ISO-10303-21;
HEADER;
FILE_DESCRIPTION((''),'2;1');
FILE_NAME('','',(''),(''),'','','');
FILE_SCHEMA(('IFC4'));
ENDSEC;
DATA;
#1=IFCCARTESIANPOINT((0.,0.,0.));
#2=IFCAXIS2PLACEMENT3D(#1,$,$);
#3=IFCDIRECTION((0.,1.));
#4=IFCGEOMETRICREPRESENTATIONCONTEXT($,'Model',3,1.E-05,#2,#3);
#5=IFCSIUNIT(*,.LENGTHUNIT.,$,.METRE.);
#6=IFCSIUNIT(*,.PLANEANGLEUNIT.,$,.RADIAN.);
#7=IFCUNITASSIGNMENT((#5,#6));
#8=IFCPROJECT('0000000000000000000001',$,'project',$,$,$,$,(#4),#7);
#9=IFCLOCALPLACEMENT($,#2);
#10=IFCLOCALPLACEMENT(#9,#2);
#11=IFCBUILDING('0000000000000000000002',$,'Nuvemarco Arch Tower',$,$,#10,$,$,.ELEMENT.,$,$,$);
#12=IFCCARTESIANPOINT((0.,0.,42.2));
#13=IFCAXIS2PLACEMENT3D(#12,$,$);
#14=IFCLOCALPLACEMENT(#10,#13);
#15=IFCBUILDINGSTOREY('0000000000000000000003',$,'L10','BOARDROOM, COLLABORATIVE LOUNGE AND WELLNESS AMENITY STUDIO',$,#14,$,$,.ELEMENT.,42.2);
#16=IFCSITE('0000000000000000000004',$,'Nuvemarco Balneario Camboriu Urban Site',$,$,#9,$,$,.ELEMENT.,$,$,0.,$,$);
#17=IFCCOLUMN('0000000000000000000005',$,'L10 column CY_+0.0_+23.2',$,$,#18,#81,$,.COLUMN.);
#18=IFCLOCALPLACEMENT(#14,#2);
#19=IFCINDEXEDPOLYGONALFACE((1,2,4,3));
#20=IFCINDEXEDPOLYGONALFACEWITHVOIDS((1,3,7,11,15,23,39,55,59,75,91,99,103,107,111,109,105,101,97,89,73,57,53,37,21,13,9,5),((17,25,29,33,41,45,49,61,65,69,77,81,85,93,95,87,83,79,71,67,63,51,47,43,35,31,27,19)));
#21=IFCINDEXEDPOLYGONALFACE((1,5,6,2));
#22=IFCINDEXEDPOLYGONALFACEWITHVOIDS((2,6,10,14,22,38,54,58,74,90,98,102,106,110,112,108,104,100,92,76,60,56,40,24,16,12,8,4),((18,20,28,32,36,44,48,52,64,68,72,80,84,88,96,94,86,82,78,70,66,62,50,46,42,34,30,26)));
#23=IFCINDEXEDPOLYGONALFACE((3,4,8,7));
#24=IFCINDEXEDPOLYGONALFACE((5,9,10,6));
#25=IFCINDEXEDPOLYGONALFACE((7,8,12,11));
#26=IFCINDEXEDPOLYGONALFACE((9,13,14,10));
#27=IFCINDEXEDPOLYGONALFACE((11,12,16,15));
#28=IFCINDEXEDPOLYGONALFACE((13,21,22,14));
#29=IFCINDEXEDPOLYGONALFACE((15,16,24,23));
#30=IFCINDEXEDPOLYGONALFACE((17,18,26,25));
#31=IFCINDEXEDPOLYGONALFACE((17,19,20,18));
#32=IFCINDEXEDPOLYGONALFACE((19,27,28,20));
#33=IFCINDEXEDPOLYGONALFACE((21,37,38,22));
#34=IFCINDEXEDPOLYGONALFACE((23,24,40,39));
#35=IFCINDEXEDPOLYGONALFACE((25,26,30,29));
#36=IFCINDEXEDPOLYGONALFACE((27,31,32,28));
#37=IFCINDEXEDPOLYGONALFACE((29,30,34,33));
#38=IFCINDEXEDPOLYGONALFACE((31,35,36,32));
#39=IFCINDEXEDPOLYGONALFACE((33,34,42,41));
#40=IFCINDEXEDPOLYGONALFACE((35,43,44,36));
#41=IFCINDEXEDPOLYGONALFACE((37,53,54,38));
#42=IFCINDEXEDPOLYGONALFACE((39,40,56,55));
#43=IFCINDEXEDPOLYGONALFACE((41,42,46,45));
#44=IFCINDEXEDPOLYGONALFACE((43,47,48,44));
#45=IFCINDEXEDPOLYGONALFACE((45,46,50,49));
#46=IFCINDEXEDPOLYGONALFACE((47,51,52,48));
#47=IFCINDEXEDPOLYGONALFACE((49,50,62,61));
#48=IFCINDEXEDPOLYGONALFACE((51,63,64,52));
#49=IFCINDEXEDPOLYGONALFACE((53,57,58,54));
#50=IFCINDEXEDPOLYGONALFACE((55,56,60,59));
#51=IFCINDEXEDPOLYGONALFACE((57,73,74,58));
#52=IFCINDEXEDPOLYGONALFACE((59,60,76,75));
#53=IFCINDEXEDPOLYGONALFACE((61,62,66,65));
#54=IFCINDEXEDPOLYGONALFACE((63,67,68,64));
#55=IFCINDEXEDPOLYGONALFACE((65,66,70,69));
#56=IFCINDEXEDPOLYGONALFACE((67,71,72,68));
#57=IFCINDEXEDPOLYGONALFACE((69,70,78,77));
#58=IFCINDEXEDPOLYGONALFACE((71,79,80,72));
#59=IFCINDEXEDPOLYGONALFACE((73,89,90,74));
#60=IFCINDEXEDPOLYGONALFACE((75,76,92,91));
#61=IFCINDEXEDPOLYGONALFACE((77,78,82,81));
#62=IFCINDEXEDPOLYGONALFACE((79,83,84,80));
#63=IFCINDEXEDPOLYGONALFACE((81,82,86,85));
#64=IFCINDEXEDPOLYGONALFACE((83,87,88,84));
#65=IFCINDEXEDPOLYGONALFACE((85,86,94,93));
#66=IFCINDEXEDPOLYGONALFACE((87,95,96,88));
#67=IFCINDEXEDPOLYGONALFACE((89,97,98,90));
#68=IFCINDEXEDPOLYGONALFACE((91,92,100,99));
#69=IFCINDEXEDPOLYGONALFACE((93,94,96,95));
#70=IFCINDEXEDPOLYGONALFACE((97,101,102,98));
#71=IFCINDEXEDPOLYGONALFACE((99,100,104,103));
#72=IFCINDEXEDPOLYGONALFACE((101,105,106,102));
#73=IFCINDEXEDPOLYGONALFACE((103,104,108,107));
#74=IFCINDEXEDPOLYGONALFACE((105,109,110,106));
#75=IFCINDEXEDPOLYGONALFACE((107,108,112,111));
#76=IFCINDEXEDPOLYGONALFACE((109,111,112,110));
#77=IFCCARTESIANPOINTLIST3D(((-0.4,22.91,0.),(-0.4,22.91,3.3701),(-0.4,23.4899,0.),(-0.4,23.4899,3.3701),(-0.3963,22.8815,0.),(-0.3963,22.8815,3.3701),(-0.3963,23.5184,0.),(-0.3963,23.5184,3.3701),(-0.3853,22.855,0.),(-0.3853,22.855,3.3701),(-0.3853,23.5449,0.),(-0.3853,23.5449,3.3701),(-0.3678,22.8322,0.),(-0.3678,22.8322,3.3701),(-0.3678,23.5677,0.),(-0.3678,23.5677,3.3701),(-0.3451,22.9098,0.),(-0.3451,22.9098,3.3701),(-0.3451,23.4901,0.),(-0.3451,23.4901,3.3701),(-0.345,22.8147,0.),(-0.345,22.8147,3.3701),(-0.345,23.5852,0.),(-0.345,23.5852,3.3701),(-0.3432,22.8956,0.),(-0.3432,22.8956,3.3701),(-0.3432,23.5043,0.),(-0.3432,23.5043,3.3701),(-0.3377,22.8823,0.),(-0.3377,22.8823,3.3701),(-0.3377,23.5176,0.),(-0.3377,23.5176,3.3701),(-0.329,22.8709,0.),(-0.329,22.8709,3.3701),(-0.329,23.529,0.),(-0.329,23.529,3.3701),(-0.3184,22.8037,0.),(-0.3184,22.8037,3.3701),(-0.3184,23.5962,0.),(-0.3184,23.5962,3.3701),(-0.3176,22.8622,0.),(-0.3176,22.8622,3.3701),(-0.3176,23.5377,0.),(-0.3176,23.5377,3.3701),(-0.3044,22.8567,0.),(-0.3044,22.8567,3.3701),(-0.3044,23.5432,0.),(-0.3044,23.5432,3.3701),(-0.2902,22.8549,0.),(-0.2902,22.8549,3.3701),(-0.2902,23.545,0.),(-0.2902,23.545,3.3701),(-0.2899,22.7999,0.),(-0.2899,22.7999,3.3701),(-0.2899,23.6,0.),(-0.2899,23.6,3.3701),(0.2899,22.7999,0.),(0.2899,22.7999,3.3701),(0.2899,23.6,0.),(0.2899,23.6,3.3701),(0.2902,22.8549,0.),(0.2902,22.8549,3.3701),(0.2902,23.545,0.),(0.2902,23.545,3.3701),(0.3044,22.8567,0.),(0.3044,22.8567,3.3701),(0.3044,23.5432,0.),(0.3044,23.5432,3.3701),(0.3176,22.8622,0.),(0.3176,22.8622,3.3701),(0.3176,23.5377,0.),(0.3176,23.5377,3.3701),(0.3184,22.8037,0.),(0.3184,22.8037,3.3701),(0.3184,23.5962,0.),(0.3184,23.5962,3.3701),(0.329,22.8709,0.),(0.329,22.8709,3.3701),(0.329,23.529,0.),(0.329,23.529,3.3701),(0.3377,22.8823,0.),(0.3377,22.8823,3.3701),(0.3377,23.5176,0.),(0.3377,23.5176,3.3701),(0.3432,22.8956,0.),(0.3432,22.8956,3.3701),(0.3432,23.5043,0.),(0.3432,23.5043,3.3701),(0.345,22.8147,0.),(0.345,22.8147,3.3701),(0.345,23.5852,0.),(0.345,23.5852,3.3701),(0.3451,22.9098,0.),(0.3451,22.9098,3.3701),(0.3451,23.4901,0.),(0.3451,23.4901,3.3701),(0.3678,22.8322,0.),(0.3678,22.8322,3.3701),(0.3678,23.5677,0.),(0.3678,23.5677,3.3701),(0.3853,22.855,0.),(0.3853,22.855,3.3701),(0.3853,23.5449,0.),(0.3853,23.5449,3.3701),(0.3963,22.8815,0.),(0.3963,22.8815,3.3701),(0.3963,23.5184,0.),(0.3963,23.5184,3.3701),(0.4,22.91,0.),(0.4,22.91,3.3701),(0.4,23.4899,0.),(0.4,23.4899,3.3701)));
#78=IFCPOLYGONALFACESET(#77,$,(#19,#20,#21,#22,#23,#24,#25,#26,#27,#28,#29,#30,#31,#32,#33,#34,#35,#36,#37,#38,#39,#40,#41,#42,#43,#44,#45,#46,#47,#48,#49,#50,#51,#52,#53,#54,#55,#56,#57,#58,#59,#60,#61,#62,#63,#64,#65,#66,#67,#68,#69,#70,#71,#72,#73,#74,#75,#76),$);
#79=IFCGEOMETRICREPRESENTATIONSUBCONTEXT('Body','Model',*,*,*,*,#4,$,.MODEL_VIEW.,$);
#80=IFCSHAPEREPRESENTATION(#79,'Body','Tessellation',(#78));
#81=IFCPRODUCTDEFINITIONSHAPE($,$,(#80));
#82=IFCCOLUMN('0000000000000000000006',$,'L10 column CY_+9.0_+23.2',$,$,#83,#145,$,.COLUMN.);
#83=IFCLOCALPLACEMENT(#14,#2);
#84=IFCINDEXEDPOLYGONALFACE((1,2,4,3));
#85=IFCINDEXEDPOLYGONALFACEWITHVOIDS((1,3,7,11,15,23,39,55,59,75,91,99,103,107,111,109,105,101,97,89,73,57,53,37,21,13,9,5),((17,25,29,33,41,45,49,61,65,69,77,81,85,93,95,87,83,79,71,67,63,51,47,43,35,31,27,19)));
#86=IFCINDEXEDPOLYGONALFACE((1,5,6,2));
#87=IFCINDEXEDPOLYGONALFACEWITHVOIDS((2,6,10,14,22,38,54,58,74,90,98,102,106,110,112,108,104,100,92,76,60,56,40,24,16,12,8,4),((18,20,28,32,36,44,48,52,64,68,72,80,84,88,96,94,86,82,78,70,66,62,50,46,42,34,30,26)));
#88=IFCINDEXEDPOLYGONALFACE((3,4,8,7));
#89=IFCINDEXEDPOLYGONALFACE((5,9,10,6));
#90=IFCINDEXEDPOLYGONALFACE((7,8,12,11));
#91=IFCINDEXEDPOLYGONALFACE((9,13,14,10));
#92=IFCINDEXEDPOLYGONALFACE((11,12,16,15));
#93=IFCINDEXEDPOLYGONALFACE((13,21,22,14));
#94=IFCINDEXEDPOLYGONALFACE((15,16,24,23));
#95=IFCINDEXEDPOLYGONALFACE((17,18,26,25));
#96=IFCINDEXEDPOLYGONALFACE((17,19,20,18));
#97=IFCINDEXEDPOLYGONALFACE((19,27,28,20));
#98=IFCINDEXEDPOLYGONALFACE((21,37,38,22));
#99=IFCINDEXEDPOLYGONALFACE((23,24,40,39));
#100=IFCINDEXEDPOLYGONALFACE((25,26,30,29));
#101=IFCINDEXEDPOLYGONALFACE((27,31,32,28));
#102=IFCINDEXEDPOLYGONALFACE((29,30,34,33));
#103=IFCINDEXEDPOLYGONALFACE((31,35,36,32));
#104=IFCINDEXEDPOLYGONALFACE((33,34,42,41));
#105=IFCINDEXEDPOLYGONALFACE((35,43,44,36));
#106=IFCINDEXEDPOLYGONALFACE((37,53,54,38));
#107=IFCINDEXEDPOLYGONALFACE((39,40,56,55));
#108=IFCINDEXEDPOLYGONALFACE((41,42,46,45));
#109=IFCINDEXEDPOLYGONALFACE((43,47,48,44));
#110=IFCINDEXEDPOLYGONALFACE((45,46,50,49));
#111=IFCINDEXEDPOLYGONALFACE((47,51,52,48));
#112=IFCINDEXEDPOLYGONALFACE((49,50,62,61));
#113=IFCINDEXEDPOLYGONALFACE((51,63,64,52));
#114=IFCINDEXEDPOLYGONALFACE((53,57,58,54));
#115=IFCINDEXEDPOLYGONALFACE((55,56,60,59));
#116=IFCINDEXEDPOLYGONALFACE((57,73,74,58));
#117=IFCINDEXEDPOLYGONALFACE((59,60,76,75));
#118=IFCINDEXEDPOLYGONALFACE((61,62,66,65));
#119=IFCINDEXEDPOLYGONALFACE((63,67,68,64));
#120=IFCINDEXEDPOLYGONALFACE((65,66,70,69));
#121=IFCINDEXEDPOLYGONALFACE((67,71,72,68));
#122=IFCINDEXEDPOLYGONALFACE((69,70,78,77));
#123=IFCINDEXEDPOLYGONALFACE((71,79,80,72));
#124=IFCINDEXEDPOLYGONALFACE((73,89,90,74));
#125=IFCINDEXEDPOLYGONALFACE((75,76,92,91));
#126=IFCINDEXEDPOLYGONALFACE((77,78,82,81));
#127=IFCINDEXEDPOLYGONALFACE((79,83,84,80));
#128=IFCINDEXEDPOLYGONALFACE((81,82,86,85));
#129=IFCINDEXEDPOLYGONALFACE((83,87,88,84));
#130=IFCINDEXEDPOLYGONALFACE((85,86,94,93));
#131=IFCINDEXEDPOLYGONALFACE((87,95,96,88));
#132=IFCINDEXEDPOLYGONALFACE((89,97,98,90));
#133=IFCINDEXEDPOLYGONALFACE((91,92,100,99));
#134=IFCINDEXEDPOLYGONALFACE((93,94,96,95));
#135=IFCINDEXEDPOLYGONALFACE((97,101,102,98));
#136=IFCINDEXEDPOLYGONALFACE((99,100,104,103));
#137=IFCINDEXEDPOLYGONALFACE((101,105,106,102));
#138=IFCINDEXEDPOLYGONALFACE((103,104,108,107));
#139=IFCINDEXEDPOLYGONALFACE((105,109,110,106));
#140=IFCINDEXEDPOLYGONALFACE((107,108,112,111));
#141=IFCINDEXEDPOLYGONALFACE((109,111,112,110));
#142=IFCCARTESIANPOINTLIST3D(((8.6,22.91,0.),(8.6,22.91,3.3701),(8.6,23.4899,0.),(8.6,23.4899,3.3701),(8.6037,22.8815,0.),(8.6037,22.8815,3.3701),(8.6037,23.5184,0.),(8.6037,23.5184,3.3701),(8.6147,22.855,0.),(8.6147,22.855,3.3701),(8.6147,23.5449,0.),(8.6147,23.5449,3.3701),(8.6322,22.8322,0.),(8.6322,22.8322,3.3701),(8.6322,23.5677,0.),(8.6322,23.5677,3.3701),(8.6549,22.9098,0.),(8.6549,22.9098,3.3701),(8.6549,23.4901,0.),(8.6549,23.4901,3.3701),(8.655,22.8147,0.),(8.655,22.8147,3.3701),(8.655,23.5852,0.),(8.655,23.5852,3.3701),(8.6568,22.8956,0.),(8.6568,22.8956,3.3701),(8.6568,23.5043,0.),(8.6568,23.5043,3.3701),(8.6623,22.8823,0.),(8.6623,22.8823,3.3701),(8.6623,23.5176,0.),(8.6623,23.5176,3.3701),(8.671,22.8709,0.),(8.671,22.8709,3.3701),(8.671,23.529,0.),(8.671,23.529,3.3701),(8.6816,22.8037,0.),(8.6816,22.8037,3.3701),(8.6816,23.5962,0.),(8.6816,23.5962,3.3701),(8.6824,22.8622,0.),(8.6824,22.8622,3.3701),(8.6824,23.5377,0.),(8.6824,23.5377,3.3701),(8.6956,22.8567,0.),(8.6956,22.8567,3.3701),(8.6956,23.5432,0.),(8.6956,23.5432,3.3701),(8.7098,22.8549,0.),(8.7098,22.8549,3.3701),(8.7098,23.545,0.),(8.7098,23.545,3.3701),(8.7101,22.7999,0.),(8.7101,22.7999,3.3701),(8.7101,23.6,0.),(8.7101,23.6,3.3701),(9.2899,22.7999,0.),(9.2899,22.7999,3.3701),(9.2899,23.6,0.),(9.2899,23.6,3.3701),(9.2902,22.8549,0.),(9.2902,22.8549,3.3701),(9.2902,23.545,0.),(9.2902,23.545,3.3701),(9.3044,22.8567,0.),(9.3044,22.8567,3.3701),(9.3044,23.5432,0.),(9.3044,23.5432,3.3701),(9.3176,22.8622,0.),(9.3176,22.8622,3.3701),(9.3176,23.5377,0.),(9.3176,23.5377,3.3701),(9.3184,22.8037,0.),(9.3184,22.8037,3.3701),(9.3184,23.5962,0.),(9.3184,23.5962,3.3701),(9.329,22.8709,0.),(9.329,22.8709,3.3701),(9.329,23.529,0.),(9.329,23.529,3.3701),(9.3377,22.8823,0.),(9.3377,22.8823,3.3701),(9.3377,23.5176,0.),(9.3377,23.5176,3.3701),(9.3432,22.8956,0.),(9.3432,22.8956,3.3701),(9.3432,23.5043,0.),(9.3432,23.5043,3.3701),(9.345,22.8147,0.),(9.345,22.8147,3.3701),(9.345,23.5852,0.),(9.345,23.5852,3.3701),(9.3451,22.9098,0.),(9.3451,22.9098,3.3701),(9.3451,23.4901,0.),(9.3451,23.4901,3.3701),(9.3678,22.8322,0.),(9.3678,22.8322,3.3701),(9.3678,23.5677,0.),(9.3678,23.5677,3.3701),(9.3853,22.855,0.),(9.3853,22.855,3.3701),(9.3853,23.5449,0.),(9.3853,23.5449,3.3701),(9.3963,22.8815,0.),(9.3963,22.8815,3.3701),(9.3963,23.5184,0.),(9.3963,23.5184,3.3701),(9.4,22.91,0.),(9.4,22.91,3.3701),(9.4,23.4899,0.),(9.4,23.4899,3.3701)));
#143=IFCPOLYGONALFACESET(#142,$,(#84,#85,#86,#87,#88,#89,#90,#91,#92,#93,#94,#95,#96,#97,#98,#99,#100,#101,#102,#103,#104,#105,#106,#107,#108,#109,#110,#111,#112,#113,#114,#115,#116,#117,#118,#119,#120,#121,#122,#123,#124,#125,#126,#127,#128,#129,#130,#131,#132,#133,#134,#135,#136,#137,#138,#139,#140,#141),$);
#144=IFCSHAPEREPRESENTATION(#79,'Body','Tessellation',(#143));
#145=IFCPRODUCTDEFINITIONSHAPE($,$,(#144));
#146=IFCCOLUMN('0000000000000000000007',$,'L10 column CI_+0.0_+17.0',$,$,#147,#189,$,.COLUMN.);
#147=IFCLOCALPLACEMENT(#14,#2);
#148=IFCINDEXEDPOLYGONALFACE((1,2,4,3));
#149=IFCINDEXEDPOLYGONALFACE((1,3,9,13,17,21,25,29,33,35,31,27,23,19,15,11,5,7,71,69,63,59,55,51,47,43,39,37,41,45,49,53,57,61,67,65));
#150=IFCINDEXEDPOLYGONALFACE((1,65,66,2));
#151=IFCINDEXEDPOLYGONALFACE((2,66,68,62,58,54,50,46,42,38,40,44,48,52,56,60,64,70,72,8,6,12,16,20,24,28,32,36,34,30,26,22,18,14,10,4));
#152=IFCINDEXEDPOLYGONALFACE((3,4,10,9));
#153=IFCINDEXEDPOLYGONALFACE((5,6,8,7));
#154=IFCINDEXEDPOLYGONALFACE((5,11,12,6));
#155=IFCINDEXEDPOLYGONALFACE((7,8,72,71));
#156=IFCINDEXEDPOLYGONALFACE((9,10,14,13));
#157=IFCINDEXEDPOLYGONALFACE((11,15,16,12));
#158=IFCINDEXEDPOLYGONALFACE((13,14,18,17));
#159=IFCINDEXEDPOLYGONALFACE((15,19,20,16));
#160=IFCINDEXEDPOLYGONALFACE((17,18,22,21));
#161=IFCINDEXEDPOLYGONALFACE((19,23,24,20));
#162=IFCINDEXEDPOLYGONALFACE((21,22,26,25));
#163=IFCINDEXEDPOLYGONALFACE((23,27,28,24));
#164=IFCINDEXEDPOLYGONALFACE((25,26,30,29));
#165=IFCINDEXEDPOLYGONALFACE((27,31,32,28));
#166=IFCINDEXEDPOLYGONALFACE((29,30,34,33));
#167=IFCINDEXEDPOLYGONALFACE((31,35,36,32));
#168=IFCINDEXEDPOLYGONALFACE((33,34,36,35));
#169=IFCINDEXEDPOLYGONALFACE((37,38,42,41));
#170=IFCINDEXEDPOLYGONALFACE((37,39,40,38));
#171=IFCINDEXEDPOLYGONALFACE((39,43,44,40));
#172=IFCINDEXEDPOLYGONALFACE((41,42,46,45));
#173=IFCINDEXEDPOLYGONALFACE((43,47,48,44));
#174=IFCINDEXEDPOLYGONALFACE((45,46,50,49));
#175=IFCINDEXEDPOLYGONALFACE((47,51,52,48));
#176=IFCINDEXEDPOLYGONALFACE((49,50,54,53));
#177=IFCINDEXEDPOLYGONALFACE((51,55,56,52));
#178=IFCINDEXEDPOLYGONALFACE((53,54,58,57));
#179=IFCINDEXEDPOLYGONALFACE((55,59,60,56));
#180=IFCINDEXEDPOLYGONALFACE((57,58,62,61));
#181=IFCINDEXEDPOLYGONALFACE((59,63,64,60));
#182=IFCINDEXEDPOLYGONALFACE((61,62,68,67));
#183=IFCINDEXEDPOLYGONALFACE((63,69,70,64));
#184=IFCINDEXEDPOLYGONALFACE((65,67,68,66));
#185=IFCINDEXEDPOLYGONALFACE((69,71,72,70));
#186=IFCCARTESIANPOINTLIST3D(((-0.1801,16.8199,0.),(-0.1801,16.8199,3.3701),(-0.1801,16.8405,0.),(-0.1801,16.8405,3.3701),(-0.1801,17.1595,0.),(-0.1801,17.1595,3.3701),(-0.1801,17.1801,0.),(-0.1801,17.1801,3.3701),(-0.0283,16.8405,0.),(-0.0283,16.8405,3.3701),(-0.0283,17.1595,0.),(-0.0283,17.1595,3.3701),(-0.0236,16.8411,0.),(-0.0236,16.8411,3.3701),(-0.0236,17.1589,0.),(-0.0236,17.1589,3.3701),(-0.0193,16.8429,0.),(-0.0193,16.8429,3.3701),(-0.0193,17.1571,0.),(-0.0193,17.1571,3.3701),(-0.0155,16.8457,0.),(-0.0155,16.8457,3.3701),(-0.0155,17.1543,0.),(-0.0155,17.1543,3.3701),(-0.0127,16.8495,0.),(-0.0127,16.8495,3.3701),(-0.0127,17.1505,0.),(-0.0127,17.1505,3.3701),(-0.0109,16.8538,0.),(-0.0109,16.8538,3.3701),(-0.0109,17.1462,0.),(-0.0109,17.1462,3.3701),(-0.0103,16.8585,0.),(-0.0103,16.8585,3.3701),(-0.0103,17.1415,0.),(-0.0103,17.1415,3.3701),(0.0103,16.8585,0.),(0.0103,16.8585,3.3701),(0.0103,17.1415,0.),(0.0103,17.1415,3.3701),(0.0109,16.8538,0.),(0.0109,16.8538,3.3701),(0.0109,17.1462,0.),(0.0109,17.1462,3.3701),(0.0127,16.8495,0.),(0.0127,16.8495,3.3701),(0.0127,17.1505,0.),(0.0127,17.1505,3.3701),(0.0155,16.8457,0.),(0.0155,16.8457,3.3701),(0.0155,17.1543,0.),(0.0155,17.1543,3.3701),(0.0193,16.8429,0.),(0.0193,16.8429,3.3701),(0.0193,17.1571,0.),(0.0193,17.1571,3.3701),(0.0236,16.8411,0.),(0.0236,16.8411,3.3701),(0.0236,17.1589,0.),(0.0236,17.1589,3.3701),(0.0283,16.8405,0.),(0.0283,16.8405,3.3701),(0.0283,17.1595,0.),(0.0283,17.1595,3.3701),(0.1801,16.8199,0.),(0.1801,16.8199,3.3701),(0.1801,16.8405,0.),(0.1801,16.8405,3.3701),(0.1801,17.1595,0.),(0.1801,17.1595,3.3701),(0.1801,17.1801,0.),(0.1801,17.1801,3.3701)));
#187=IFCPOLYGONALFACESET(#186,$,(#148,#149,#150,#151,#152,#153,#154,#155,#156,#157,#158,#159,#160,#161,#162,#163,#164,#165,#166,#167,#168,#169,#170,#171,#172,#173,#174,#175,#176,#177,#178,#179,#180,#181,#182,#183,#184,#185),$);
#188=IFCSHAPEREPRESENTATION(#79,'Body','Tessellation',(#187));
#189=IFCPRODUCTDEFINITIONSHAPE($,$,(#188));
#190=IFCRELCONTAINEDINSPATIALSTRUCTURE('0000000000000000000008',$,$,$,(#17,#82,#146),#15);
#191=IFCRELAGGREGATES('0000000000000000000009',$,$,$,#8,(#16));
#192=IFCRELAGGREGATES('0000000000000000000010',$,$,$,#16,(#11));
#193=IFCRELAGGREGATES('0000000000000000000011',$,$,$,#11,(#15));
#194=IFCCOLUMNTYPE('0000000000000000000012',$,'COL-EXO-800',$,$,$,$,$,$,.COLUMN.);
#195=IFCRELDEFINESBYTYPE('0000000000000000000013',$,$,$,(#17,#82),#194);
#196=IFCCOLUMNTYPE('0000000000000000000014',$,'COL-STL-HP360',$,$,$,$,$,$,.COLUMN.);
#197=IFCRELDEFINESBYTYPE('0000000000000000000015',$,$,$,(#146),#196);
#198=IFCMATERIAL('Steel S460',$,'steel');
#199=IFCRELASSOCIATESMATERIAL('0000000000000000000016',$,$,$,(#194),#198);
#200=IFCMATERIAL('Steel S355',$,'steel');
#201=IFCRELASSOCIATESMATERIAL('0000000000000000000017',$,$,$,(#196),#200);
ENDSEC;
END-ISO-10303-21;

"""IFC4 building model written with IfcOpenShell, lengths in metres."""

from ifc_helpers import new_model, si_unit, direction, frame, origin, origin_2d, place, context, subcontext, project, spatial, hollow_rectangle, i_section, extrude, material, material_profile, profile_set, type_object, element, save


model = new_model("IFC4")

# Units and contexts
model_context = context("Model", 3, precision=1e-05, world=origin(), true_north=direction((0.0, 1.0)))
body_context = subcontext(model_context, "Body", "Model", "MODEL_VIEW")
ifc_project = project(units=[si_unit("LENGTHUNIT", "METRE"), si_unit("PLANEANGLEUNIT", "RADIAN")], contexts=[model_context])

# Site, building, storey
site_placement = place(None, origin())
site = spatial("IfcSite", under=ifc_project, at=site_placement, Name="Nuvemarco Balneario Camboriu Urban Site", CompositionType="ELEMENT", RefElevation=0.0)
building_placement = place(site_placement, origin())
building = spatial("IfcBuilding", under=site, at=building_placement, Name="Nuvemarco Arch Tower", CompositionType="ELEMENT")
storey_placement = place(building_placement, frame((0.0, 0.0, 42.2)))
storey = spatial("IfcBuildingStorey", under=building, at=storey_placement, Name="L10", Description="BOARDROOM, COLLABORATIVE LOUNGE AND WELLNESS AMENITY STUDIO", CompositionType="ELEMENT", Elevation=42.2)

# Columns
ifc_material_1 = material(Name="Steel S460", Category="steel")
ifc_material_profile_1 = material_profile(ifc_material_1, hollow_rectangle(XDim=0.8, YDim=0.8, WallThickness=0.0549, InnerFilletRadius=0.0549, OuterFilletRadius=0.1101, at=origin_2d()), Name="SHS800x800x55")
ifc_profile_set_1 = profile_set([ifc_material_profile_1], Name="Steel S460")
column_type_1 = type_object("IfcColumnType", Name="COL-EXO-800", PredefinedType="COLUMN", material=ifc_profile_set_1)
for number, where, z_axis, x_axis, name in (
    (1, (0.0, 23.2, 0.0), (0.0, 0.0, 1.0), (1.0, 0.0, 0.0), "L10 column CY_+0.0_+23.2"),
    (2, (9.0, 23.2, 0.0), (0.0, 0.0, 1.0), (1.0, 0.0, 0.0), "L10 column CY_+9.0_+23.2"),
):
    element("IfcColumn", number, at=place(storey_placement, frame(where, z_axis=z_axis, x_axis=x_axis)), inside=storey, type_object=column_type_1, Name=name, PredefinedType="COLUMN", context=body_context, shape_type="SweptSolid", body=[
        extrude(hollow_rectangle(XDim=0.8, YDim=0.8, WallThickness=0.0549, InnerFilletRadius=0.0549, OuterFilletRadius=0.1101, at=origin_2d()), origin(), (0.0, 0.0, 1.0), 3.3701),
    ])
ifc_material_2 = material(Name="Steel S355", Category="steel")
ifc_material_profile_2 = material_profile(ifc_material_2, i_section(OverallWidth=0.3601, OverallDepth=0.3601, WebThickness=0.0205, FlangeThickness=0.0205, FilletRadius=0.0181, at=origin_2d()), Name="HP360x174")
ifc_profile_set_2 = profile_set([ifc_material_profile_2], Name="Steel S355")
column_type_2 = type_object("IfcColumnType", Name="COL-STL-HP360", PredefinedType="COLUMN", material=ifc_profile_set_2)
for number, where, z_axis, x_axis, name in (
    (3, (0.0, 17.0, 0.0), (0.0, 0.0, 1.0), (1.0, 0.0, 0.0), "L10 column CI_+0.0_+17.0"),
):
    element("IfcColumn", number, at=place(storey_placement, frame(where, z_axis=z_axis, x_axis=x_axis)), inside=storey, type_object=column_type_2, Name=name, PredefinedType="COLUMN", context=body_context, shape_type="SweptSolid", body=[
        extrude(i_section(OverallWidth=0.3601, OverallDepth=0.3601, WebThickness=0.0205, FlangeThickness=0.0205, FilletRadius=0.0181, at=origin_2d()), origin(), (0.0, 0.0, 1.0), 3.3701),
    ])

save(model, "model.ifc")
